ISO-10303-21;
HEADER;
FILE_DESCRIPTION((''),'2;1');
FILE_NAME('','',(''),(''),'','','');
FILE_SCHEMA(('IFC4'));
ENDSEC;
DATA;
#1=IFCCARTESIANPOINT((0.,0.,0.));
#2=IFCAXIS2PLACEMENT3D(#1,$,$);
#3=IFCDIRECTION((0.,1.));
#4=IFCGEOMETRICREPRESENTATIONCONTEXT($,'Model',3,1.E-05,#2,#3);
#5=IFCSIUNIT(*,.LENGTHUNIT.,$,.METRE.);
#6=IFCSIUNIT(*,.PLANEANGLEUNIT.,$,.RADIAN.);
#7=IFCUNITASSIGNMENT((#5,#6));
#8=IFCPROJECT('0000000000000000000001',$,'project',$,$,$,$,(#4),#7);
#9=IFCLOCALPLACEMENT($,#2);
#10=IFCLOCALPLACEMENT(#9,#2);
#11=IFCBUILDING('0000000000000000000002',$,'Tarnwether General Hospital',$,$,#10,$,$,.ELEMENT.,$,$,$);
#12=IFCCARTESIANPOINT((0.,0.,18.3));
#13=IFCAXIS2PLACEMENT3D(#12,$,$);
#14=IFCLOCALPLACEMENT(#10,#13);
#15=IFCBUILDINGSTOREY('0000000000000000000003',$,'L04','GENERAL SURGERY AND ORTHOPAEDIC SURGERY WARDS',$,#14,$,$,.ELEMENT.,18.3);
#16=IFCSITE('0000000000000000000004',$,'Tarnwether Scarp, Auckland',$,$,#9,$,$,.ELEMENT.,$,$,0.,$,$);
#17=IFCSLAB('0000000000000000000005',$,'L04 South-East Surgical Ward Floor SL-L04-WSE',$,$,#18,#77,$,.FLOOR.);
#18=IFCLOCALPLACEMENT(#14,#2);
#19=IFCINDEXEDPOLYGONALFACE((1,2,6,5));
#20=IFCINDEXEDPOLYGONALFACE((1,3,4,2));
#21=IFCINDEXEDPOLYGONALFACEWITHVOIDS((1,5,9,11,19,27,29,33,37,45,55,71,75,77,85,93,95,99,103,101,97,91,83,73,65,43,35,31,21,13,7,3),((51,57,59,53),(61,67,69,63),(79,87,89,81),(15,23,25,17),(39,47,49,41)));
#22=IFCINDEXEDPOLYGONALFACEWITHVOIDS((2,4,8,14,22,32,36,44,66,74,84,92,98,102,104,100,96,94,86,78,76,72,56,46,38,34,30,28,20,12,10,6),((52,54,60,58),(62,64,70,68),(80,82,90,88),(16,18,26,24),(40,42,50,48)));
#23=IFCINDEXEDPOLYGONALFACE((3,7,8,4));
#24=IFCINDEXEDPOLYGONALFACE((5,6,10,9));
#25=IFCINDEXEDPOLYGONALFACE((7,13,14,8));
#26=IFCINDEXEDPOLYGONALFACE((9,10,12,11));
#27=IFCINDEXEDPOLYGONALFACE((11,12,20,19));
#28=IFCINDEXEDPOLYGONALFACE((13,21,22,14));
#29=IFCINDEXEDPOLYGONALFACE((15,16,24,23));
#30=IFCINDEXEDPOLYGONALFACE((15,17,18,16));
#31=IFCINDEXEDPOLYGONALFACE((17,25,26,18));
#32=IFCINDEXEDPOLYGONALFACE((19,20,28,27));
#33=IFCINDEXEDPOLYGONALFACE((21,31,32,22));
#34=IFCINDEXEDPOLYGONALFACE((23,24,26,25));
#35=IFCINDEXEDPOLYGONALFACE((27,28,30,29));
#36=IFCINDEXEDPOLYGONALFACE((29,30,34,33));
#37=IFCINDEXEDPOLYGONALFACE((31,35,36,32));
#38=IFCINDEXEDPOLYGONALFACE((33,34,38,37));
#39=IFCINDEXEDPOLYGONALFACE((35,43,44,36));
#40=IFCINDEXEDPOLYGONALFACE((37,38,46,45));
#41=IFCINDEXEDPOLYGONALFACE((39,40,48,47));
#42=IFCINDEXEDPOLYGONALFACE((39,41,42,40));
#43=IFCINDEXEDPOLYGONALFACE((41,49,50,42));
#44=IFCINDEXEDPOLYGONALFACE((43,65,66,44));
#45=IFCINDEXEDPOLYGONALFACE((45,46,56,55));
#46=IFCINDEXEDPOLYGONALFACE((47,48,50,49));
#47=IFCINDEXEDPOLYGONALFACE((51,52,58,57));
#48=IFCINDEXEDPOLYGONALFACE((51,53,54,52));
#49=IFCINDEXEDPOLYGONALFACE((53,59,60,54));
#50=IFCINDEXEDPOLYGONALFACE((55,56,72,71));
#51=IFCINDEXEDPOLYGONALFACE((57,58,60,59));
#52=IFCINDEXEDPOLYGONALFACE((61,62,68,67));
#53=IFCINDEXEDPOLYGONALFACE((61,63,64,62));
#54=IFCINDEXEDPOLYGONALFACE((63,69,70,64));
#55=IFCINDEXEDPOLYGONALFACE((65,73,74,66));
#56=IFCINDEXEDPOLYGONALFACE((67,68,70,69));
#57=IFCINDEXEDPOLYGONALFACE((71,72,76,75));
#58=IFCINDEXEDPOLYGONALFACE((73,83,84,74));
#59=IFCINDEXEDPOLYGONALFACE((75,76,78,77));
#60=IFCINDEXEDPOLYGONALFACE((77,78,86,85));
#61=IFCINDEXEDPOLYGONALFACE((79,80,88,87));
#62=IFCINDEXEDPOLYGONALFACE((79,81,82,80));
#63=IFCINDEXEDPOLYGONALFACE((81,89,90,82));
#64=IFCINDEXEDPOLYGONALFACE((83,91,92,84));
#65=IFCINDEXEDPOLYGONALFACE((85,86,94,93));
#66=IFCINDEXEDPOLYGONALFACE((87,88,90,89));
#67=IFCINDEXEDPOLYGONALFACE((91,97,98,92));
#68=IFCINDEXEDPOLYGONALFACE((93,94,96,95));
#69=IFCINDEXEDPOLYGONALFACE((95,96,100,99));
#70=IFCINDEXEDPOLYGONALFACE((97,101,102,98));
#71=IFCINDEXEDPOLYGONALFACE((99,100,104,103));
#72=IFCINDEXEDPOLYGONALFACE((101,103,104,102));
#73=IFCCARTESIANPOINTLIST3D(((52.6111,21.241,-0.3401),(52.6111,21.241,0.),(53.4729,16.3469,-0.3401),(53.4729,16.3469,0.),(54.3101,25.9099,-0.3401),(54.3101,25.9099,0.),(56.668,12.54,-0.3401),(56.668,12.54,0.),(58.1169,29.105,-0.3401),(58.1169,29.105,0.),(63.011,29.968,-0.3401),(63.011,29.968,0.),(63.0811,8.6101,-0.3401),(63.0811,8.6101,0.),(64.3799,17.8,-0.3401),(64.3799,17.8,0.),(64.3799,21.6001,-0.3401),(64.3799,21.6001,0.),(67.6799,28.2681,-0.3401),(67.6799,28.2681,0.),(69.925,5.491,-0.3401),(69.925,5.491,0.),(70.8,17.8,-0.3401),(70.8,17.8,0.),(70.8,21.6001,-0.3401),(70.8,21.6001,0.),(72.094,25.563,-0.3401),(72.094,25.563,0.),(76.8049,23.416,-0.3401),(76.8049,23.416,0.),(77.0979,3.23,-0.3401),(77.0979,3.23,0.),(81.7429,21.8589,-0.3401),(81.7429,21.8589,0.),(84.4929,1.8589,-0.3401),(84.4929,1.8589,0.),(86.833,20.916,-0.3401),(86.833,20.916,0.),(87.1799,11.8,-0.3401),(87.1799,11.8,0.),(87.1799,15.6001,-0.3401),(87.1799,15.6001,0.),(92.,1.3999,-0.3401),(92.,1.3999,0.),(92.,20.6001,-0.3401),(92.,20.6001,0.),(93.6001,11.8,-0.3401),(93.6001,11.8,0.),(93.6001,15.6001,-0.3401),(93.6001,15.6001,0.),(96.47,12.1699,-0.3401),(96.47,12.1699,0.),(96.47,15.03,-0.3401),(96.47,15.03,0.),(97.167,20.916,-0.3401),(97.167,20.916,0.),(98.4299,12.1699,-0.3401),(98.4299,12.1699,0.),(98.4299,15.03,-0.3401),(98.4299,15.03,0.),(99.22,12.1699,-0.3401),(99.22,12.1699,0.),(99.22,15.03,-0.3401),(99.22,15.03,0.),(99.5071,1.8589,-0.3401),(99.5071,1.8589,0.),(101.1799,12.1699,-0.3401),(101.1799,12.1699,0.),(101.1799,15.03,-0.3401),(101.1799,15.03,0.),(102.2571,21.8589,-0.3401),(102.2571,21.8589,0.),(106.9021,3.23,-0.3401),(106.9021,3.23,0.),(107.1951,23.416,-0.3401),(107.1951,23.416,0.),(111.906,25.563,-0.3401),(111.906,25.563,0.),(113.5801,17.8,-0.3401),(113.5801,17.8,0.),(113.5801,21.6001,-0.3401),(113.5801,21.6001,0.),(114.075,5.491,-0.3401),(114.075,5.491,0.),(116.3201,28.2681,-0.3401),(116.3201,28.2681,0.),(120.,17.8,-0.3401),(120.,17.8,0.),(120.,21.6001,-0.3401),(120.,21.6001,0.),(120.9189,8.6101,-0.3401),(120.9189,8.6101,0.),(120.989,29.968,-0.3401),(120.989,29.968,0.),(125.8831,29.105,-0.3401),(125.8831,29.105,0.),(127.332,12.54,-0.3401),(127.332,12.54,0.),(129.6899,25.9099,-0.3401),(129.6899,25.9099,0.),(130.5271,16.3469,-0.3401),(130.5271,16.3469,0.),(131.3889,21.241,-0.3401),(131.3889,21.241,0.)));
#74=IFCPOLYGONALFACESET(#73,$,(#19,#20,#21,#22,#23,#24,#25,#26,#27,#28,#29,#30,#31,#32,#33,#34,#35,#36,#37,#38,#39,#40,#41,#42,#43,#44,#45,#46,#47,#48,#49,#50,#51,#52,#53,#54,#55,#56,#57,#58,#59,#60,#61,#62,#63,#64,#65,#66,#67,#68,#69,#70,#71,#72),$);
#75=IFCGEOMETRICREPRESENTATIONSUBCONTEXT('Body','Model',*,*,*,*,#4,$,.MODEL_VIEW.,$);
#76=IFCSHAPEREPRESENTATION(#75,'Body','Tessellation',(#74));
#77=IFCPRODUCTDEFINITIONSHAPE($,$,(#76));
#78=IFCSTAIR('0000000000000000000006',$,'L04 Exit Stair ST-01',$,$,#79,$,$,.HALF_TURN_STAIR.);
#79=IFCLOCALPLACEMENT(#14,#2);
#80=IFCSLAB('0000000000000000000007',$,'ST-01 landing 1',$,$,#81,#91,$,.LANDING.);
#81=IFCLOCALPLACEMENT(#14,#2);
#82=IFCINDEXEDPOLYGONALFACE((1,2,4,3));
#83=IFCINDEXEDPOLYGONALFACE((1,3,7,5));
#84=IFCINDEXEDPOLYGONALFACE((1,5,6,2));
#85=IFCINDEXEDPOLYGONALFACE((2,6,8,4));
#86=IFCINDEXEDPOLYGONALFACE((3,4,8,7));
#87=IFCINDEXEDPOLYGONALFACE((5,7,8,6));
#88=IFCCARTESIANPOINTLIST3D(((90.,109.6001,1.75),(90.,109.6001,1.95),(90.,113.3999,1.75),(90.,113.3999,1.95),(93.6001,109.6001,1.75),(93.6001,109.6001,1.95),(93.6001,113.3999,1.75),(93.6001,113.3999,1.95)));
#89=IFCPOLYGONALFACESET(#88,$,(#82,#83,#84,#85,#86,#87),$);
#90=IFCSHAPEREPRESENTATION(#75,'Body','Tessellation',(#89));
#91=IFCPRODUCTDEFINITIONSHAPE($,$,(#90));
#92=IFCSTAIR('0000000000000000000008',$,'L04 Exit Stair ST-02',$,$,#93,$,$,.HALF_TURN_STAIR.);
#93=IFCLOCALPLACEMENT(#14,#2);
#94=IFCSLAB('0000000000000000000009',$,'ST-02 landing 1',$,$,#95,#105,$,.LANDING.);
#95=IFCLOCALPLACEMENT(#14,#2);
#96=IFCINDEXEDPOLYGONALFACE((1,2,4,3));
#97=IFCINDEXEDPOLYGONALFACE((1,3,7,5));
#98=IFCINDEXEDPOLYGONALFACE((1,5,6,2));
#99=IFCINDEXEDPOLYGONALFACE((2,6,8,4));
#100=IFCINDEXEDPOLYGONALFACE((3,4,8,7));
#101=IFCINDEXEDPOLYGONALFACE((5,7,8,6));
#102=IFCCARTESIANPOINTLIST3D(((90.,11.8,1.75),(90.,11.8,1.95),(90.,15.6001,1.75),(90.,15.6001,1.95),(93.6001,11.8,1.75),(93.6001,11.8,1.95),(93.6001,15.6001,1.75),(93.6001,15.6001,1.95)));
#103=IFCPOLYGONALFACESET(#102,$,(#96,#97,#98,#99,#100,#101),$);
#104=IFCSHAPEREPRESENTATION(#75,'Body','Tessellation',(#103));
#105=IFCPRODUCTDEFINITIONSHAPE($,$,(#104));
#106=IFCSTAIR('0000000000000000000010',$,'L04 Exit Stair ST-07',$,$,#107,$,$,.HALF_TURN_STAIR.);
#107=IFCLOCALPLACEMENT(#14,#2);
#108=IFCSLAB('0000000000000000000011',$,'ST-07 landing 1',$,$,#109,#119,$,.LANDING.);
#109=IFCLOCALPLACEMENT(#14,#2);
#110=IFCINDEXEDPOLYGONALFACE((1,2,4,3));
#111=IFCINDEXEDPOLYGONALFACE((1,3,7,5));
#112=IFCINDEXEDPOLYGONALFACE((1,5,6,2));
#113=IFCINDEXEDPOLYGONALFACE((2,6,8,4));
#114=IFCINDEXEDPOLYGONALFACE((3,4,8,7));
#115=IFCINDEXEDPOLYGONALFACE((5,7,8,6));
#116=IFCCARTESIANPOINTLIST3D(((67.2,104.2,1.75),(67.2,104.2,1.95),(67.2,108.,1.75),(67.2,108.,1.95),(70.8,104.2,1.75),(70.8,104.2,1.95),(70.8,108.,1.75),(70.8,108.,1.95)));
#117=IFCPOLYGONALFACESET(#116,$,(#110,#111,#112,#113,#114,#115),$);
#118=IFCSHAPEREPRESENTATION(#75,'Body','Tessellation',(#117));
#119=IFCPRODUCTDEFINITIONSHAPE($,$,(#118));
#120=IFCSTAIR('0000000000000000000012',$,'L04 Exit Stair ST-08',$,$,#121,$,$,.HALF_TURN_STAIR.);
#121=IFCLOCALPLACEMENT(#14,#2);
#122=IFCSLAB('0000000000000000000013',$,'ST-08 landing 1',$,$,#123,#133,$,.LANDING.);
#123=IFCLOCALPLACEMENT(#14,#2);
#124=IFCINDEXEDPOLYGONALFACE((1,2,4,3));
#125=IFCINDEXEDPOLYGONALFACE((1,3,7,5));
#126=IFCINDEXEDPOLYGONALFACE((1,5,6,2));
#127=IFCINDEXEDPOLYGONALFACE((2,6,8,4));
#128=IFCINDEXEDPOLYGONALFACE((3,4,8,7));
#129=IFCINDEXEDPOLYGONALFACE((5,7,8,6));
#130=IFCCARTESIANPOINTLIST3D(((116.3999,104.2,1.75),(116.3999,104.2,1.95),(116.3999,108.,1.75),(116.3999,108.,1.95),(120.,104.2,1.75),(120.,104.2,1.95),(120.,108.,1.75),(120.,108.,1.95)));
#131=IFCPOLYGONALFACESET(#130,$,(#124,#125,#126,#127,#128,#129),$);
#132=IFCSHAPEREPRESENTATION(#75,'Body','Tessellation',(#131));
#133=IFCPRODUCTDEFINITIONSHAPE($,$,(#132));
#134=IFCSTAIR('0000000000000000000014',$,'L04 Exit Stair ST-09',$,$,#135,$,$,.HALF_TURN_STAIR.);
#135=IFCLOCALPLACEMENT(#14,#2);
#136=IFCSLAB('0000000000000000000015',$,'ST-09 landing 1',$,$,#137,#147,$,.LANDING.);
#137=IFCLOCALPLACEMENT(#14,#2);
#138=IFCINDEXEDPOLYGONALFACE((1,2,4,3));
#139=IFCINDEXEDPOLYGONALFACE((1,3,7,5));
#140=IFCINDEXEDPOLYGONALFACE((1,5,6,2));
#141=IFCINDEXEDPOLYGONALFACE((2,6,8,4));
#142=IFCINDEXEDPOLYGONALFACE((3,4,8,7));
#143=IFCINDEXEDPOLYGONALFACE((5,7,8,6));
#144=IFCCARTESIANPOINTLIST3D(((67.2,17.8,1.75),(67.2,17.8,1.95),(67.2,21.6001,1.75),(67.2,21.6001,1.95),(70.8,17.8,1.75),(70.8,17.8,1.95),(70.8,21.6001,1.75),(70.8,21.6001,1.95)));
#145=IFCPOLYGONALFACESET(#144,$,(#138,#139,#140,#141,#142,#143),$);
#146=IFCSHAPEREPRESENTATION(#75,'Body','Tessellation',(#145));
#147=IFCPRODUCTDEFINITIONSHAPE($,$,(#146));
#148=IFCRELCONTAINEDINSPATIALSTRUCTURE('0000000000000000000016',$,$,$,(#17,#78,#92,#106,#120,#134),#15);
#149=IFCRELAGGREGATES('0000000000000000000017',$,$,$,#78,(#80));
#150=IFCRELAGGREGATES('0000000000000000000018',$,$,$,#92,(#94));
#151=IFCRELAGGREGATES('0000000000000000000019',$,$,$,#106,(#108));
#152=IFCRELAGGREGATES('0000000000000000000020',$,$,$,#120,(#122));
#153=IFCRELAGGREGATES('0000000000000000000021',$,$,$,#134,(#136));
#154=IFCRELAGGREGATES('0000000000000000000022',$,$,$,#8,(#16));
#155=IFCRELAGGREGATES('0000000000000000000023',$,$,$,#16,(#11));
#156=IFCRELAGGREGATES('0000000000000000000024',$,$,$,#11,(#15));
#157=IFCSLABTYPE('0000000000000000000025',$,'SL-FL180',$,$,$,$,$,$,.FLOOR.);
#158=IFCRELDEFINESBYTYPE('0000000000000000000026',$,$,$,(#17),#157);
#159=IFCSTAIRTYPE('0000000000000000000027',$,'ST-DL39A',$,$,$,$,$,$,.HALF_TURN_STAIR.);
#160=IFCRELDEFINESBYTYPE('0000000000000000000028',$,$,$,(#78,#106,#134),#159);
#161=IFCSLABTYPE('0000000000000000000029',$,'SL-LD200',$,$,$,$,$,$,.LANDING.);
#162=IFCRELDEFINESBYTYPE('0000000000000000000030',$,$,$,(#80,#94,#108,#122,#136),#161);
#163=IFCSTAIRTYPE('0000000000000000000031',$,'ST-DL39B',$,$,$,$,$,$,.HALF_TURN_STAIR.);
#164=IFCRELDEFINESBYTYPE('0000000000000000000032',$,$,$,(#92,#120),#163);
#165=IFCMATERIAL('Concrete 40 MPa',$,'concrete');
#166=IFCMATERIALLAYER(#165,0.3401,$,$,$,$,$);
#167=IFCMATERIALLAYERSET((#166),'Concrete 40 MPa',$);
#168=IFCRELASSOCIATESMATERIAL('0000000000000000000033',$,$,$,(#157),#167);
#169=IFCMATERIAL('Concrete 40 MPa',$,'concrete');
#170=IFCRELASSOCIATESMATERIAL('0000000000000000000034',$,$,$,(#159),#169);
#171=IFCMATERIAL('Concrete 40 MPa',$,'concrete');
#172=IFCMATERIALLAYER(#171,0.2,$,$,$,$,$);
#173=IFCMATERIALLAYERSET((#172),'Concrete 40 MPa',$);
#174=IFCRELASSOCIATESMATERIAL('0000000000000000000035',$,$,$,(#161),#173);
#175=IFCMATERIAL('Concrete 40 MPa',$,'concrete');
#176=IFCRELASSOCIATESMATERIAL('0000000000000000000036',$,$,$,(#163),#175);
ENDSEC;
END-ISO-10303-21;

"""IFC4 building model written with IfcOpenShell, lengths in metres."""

from ifc_helpers import new_model, si_unit, direction, frame, origin, place, context, subcontext, project, spatial, polyline, outline, extrude, material, layer, layer_set, type_object, element, aggregate, save


model = new_model("IFC4")

# Units and contexts
model_context = context("Model", 3, precision=1e-05, world=origin(), true_north=direction((0.0, 1.0)))
body_context = subcontext(model_context, "Body", "Model", "MODEL_VIEW")
ifc_project = project(units=[si_unit("LENGTHUNIT", "METRE"), si_unit("PLANEANGLEUNIT", "RADIAN")], contexts=[model_context])

# Site, building, storey
site_placement = place(None, origin())
site = spatial("IfcSite", under=ifc_project, at=site_placement, Name="Tarnwether Scarp, Auckland", CompositionType="ELEMENT", RefElevation=0.0)
building_placement = place(site_placement, origin())
building = spatial("IfcBuilding", under=site, at=building_placement, Name="Tarnwether General Hospital", CompositionType="ELEMENT")
storey_placement = place(building_placement, frame((0.0, 0.0, 18.3)))
storey = spatial("IfcBuildingStorey", under=building, at=storey_placement, Name="L04", Description="GENERAL SURGERY AND ORTHOPAEDIC SURGERY WARDS", CompositionType="ELEMENT", Elevation=18.3)

# Slab
ifc_material_1 = material(Name="Concrete 40 MPa", Category="concrete")
ifc_layer_1 = layer(ifc_material_1, 0.3401)
ifc_layer_set_1 = layer_set([ifc_layer_1], Name="Concrete 40 MPa")
slab_type_1 = type_object("IfcSlabType", Name="SL-FL180", PredefinedType="FLOOR", material=ifc_layer_set_1)
slab_1_placement = place(storey_placement, frame((0.0, 0.0, -0.3401)))
element("IfcSlab", 1, at=slab_1_placement, inside=storey, type_object=slab_type_1, Name="L04 South-East Surgical Ward Floor SL-L04-WSE", PredefinedType="FLOOR", context=body_context, shape_type="SweptSolid", body=[
    extrude(outline(polyline([(53.4729, 16.3469), (52.6111, 21.241), (54.3101, 25.9099), (58.1169, 29.105), (63.011, 29.968), (67.6799, 28.2681), (72.094, 25.563), (76.8049, 23.416), (81.7429, 21.8589), (86.833, 20.916), (92.0, 20.6001), (97.167, 20.916), (102.2571, 21.8589), (107.1951, 23.416), (111.906, 25.563), (116.3201, 28.2681), (120.989, 29.968), (125.8831, 29.105), (129.6899, 25.9099), (131.3889, 21.241), (130.5271, 16.3469), (127.332, 12.54), (120.9189, 8.6101), (114.075, 5.491), (106.9021, 3.23), (99.5071, 1.8589), (92.0, 1.3999), (84.4929, 1.8589), (77.0979, 3.23), (69.925, 5.491), (63.0811, 8.6101), (56.668, 12.54), (53.4729, 16.3469)]), holes=[polyline([(96.47, 15.03), (96.47, 12.1699), (98.4299, 12.1699), (98.4299, 15.03), (96.47, 15.03)]), polyline([(99.22, 15.03), (99.22, 12.1699), (101.1799, 12.1699), (101.1799, 15.03), (99.22, 15.03)]), polyline([(87.1799, 15.6001), (87.1799, 11.8), (93.6001, 11.8), (93.6001, 15.6001), (87.1799, 15.6001)]), polyline([(70.8, 21.6001), (64.3799, 21.6001), (64.3799, 17.8), (70.8, 17.8), (70.8, 21.6001)]), polyline([(120.0, 21.6001), (113.5801, 21.6001), (113.5801, 17.8), (120.0, 17.8), (120.0, 21.6001)])]), origin(), (0.0, 0.0, 1.0), 0.3401),
])

# Stairs, slabs
ifc_material_2 = material(Name="Concrete 40 MPa", Category="concrete")
stair_type_1 = type_object("IfcStairType", Name="ST-DL39A", PredefinedType="HALF_TURN_STAIR", material=ifc_material_2)
stair_1_placement = place(storey_placement, origin())
stair_1 = element("IfcStair", 2, at=stair_1_placement, inside=storey, type_object=stair_type_1, Name="L04 Exit Stair ST-01", PredefinedType="HALF_TURN_STAIR")
ifc_material_3 = material(Name="Concrete 40 MPa", Category="concrete")
ifc_layer_2 = layer(ifc_material_3, 0.2)
ifc_layer_set_2 = layer_set([ifc_layer_2], Name="Concrete 40 MPa")
slab_type_2 = type_object("IfcSlabType", Name="SL-LD200", PredefinedType="LANDING", material=ifc_layer_set_2)
slab_2_placement = place(storey_placement, frame((0.0, 0.0, 1.75)))
slab_2 = element("IfcSlab", 3, at=slab_2_placement, type_object=slab_type_2, Name="ST-01 landing 1", PredefinedType="LANDING", context=body_context, shape_type="SweptSolid", body=[
    extrude(outline(polyline([(90.0, 109.6001), (93.6001, 109.6001), (93.6001, 113.3999), (90.0, 113.3999), (90.0, 109.6001)])), origin(), (0.0, 0.0, 1.0), 0.2),
])
aggregate(stair_1, [slab_2])
ifc_material_4 = material(Name="Concrete 40 MPa", Category="concrete")
stair_type_2 = type_object("IfcStairType", Name="ST-DL39B", PredefinedType="HALF_TURN_STAIR", material=ifc_material_4)
stair_2_placement = place(storey_placement, origin())
stair_2 = element("IfcStair", 4, at=stair_2_placement, inside=storey, type_object=stair_type_2, Name="L04 Exit Stair ST-02", PredefinedType="HALF_TURN_STAIR")
slab_3_placement = place(storey_placement, frame((0.0, 0.0, 1.75)))
slab_3 = element("IfcSlab", 5, at=slab_3_placement, type_object=slab_type_2, Name="ST-02 landing 1", PredefinedType="LANDING", context=body_context, shape_type="SweptSolid", body=[
    extrude(outline(polyline([(90.0, 11.8), (93.6001, 11.8), (93.6001, 15.6001), (90.0, 15.6001), (90.0, 11.8)])), origin(), (0.0, 0.0, 1.0), 0.2),
])
aggregate(stair_2, [slab_3])
stair_3_placement = place(storey_placement, origin())
stair_3 = element("IfcStair", 6, at=stair_3_placement, inside=storey, type_object=stair_type_1, Name="L04 Exit Stair ST-07", PredefinedType="HALF_TURN_STAIR")
slab_4_placement = place(storey_placement, frame((0.0, 0.0, 1.75)))
slab_4 = element("IfcSlab", 7, at=slab_4_placement, type_object=slab_type_2, Name="ST-07 landing 1", PredefinedType="LANDING", context=body_context, shape_type="SweptSolid", body=[
    extrude(outline(polyline([(67.2, 104.2), (70.8, 104.2), (70.8, 108.0), (67.2, 108.0), (67.2, 104.2)])), origin(), (0.0, 0.0, 1.0), 0.2),
])
aggregate(stair_3, [slab_4])
stair_4_placement = place(storey_placement, origin())
stair_4 = element("IfcStair", 8, at=stair_4_placement, inside=storey, type_object=stair_type_2, Name="L04 Exit Stair ST-08", PredefinedType="HALF_TURN_STAIR")
slab_5_placement = place(storey_placement, frame((0.0, 0.0, 1.75)))
slab_5 = element("IfcSlab", 9, at=slab_5_placement, type_object=slab_type_2, Name="ST-08 landing 1", PredefinedType="LANDING", context=body_context, shape_type="SweptSolid", body=[
    extrude(outline(polyline([(116.3999, 104.2), (120.0, 104.2), (120.0, 108.0), (116.3999, 108.0), (116.3999, 104.2)])), origin(), (0.0, 0.0, 1.0), 0.2),
])
aggregate(stair_4, [slab_5])
stair_5_placement = place(storey_placement, origin())
stair_5 = element("IfcStair", 10, at=stair_5_placement, inside=storey, type_object=stair_type_1, Name="L04 Exit Stair ST-09", PredefinedType="HALF_TURN_STAIR")
slab_6_placement = place(storey_placement, frame((0.0, 0.0, 1.75)))
slab_6 = element("IfcSlab", 11, at=slab_6_placement, type_object=slab_type_2, Name="ST-09 landing 1", PredefinedType="LANDING", context=body_context, shape_type="SweptSolid", body=[
    extrude(outline(polyline([(67.2, 17.8), (70.8, 17.8), (70.8, 21.6001), (67.2, 21.6001), (67.2, 17.8)])), origin(), (0.0, 0.0, 1.0), 0.2),
])
aggregate(stair_5, [slab_6])

save(model, "model.ifc")
